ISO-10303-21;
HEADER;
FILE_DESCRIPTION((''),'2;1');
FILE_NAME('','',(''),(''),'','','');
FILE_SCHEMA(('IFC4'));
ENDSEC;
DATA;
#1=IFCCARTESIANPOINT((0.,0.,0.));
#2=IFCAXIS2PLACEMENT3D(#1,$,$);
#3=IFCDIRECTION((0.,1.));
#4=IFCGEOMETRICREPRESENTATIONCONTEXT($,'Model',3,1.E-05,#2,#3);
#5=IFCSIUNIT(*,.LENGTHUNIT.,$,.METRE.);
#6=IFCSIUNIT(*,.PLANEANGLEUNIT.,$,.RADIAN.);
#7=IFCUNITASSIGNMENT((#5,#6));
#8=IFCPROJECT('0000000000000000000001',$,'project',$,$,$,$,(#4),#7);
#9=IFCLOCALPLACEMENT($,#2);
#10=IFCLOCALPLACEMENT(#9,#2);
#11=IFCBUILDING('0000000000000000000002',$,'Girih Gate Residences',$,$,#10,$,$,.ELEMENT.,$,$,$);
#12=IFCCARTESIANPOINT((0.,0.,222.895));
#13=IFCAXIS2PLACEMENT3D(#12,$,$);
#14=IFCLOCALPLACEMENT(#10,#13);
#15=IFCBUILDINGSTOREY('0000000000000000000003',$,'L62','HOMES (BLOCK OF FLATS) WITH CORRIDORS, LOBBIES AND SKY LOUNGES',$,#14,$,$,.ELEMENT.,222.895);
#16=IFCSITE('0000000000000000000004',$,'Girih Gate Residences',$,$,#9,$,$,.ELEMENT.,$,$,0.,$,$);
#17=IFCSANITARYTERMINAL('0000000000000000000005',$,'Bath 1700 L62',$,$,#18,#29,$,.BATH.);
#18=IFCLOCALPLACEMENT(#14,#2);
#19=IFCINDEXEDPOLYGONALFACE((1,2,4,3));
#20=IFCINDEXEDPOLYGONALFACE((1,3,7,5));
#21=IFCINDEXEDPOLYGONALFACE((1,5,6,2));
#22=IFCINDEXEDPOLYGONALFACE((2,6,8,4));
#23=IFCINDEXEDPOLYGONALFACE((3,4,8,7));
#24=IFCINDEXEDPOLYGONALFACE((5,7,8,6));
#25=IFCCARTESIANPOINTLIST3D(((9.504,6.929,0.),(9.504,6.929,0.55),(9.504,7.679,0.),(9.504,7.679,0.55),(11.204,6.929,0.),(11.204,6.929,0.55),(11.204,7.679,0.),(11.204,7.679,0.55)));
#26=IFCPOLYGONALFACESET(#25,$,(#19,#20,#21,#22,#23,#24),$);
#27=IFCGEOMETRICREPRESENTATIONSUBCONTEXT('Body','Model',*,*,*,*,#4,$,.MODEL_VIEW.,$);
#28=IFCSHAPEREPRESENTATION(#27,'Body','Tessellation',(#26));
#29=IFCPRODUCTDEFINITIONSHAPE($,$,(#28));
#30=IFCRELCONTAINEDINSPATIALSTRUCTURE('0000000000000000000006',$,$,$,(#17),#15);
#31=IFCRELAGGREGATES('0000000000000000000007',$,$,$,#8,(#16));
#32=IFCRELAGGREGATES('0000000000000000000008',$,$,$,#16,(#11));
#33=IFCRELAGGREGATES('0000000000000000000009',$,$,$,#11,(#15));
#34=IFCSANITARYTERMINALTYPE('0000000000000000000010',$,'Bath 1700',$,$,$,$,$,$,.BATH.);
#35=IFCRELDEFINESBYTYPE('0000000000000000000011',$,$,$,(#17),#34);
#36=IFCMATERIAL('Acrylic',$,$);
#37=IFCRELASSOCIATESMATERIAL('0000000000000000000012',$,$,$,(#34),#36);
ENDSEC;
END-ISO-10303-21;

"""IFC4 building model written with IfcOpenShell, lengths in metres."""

from ifc_helpers import new_model, si_unit, direction, frame, origin, origin_2d, place, context, subcontext, project, spatial, rectangle, extrude, material, type_object, element, save


model = new_model("IFC4")

# Units and contexts
model_context = context("Model", 3, precision=1e-05, world=origin(), true_north=direction((0.0, 1.0)))
body_context = subcontext(model_context, "Body", "Model", "MODEL_VIEW")
ifc_project = project(units=[si_unit("LENGTHUNIT", "METRE"), si_unit("PLANEANGLEUNIT", "RADIAN")], contexts=[model_context])

# Site, building, storey
site_placement = place(None, origin())
site = spatial("IfcSite", under=ifc_project, at=site_placement, Name="Girih Gate Residences", CompositionType="ELEMENT", RefElevation=0.0)
building_placement = place(site_placement, origin())
building = spatial("IfcBuilding", under=site, at=building_placement, Name="Girih Gate Residences", CompositionType="ELEMENT")
storey_placement = place(building_placement, frame((0.0, 0.0, 222.895)))
storey = spatial("IfcBuildingStorey", under=building, at=storey_placement, Name="L62", Description="HOMES (BLOCK OF FLATS) WITH CORRIDORS, LOBBIES AND SKY LOUNGES", CompositionType="ELEMENT", Elevation=222.895)

# Sanitary terminal
ifc_material_1 = material(Name="Acrylic")
sanitary_terminal_type = type_object("IfcSanitaryTerminalType", Name="Bath 1700", PredefinedType="BATH", material=ifc_material_1)
sanitary_terminal_placement = place(storey_placement, frame((10.354, 7.304, 0.0), z_axis=(0.0, 0.0, 1.0), x_axis=(1.0, 0.0, 0.0)))
element("IfcSanitaryTerminal", 1, at=sanitary_terminal_placement, inside=storey, type_object=sanitary_terminal_type, Name="Bath 1700 L62", PredefinedType="BATH", context=body_context, shape_type="SweptSolid", body=[
    extrude(rectangle(XDim=1.7, YDim=0.75, at=origin_2d()), origin(), (0.0, 0.0, 1.0), 0.55),
])

save(model, "model.ifc")
